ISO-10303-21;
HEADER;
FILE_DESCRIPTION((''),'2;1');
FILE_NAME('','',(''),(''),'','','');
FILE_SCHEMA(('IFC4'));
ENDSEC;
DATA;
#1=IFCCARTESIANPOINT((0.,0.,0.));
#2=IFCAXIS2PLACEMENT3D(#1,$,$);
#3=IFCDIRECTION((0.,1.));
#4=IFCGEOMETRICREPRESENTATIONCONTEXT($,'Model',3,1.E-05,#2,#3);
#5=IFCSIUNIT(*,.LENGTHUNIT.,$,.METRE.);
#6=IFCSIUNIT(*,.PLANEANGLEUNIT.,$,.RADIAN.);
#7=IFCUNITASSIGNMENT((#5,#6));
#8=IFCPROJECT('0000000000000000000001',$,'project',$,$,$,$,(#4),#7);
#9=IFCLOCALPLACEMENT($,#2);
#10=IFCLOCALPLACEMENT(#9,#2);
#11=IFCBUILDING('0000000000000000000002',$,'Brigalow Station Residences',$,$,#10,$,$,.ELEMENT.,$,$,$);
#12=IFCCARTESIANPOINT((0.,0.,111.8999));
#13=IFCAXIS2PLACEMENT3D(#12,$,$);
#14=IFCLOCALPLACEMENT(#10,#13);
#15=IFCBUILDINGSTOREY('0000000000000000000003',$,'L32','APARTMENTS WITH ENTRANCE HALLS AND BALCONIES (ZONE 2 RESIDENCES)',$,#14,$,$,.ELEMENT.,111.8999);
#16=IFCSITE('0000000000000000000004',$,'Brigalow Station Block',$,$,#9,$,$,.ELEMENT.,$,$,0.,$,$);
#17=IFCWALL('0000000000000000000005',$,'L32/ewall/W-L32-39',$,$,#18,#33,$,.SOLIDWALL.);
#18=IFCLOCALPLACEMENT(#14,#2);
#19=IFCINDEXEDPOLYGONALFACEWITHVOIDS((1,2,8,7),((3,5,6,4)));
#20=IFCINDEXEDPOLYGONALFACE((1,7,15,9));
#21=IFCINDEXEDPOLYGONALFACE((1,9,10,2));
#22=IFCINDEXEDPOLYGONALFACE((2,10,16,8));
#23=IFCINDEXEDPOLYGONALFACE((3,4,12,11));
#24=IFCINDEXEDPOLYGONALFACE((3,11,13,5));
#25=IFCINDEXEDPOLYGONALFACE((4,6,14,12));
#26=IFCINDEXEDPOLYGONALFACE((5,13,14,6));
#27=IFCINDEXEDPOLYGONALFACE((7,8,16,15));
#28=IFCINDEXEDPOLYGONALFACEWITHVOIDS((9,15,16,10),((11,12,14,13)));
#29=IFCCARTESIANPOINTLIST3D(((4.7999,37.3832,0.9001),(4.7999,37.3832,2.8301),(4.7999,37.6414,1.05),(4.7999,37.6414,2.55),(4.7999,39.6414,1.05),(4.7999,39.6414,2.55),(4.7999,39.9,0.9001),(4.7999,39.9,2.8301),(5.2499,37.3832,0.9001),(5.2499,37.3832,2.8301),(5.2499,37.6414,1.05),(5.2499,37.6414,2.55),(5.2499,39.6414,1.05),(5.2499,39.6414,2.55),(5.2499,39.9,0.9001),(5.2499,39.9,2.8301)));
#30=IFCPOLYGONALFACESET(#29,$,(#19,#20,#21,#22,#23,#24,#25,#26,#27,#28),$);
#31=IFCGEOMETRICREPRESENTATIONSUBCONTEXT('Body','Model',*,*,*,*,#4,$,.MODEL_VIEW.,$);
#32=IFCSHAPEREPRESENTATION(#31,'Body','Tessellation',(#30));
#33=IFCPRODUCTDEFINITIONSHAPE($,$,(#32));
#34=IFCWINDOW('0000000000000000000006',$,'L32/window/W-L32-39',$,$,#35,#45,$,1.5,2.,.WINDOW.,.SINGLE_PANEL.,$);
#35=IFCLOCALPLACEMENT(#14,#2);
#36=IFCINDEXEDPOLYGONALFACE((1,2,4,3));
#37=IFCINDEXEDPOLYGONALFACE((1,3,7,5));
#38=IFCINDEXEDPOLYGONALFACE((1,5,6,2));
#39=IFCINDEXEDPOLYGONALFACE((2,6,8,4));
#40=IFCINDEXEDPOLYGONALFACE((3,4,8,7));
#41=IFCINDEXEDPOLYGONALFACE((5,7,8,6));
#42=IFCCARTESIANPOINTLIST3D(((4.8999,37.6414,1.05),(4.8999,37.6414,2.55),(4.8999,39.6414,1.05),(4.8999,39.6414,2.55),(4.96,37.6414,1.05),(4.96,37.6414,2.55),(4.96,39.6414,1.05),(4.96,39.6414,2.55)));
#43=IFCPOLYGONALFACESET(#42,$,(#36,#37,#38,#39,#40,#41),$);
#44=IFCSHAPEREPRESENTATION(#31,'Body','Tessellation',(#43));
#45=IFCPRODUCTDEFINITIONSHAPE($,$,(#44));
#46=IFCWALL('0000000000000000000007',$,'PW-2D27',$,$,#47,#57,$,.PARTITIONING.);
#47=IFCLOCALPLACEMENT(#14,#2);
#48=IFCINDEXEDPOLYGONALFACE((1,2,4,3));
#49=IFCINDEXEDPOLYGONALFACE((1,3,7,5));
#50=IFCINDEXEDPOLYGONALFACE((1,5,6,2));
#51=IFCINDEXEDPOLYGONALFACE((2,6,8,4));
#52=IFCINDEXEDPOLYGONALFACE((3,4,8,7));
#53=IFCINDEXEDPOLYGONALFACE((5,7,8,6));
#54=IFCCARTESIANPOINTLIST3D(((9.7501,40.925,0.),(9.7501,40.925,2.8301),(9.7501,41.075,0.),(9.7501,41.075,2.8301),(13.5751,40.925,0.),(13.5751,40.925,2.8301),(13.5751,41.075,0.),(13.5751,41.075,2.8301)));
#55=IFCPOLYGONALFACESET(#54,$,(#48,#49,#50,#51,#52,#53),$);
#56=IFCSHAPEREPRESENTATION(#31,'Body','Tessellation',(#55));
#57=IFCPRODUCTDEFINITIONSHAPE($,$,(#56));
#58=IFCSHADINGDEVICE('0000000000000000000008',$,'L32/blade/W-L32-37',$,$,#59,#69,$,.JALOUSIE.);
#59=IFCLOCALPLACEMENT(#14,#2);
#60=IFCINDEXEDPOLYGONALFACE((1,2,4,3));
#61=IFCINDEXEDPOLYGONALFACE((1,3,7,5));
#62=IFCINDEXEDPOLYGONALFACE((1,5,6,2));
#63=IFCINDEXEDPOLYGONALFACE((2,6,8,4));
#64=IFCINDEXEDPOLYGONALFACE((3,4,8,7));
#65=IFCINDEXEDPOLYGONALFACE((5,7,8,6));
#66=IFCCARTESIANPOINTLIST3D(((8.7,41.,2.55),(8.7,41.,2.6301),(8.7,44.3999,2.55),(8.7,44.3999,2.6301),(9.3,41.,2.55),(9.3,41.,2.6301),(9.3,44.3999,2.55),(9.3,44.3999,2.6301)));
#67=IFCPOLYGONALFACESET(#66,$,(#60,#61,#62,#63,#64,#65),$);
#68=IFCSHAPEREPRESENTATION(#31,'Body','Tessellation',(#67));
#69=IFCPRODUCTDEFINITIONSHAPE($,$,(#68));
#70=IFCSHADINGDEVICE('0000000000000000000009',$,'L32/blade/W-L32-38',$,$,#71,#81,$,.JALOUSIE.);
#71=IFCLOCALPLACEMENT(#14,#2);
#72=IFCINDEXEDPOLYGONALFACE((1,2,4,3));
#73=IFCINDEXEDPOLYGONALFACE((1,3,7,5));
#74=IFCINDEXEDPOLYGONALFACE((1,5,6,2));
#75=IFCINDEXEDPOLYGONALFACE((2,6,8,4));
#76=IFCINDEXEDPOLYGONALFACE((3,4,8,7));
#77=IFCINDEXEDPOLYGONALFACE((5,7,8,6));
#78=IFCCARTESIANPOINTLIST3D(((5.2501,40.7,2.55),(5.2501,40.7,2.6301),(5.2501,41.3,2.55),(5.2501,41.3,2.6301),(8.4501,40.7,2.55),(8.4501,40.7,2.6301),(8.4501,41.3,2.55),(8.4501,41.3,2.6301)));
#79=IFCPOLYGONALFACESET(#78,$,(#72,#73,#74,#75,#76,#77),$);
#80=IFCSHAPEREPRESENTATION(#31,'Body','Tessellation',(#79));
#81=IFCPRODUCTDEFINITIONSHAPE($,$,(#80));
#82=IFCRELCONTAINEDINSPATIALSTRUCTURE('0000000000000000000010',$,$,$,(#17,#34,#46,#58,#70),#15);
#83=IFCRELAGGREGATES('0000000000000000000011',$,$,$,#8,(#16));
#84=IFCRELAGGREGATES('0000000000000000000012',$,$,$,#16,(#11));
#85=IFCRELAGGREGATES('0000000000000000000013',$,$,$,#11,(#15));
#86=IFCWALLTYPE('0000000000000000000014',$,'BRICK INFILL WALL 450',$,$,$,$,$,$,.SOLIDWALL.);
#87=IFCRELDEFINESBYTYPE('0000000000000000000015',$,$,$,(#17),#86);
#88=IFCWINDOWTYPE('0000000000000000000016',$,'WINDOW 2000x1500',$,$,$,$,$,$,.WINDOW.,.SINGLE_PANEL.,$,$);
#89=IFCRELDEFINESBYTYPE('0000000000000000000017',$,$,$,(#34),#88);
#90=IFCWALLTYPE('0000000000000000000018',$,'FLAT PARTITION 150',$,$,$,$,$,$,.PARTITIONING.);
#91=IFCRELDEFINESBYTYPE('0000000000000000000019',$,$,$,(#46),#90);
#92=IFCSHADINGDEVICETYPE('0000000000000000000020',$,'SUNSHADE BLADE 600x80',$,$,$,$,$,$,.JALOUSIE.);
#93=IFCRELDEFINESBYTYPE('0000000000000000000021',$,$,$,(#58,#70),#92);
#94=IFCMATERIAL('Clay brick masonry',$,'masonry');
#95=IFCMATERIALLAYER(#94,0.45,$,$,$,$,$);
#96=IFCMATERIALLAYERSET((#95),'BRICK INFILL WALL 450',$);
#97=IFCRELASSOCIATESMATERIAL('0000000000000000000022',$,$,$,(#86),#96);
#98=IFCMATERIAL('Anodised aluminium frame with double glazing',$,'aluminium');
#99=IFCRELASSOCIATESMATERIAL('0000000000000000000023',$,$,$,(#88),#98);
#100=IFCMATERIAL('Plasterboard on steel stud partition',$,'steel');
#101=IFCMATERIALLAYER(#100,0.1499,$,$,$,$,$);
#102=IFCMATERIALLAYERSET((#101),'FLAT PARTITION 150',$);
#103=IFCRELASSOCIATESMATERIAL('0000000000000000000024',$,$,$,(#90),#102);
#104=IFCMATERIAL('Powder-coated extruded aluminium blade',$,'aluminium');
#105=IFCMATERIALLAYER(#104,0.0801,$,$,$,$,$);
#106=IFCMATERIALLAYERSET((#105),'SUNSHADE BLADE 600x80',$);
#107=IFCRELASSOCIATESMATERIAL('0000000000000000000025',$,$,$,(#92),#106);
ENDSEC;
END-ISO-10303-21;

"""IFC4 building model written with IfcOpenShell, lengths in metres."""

from ifc_helpers import new_model, si_unit, direction, frame, frame_2d, origin, origin_2d, place, context, subcontext, project, spatial, rectangle, extrude, material, layer, layer_set, type_object, element, fill, save


model = new_model("IFC4")

# Units and contexts
model_context = context("Model", 3, precision=1e-05, world=origin(), true_north=direction((0.0, 1.0)))
body_context = subcontext(model_context, "Body", "Model", "MODEL_VIEW")
ifc_project = project(units=[si_unit("LENGTHUNIT", "METRE"), si_unit("PLANEANGLEUNIT", "RADIAN")], contexts=[model_context])

# Site, building, storey
site_placement = place(None, origin())
site = spatial("IfcSite", under=ifc_project, at=site_placement, Name="Brigalow Station Block", CompositionType="ELEMENT", RefElevation=0.0)
building_placement = place(site_placement, origin())
building = spatial("IfcBuilding", under=site, at=building_placement, Name="Brigalow Station Residences", CompositionType="ELEMENT")
storey_placement = place(building_placement, frame((0.0, 0.0, 111.8999)))
storey = spatial("IfcBuildingStorey", under=building, at=storey_placement, Name="L32", Description="APARTMENTS WITH ENTRANCE HALLS AND BALCONIES (ZONE 2 RESIDENCES)", CompositionType="ELEMENT", Elevation=111.8999)

# Shared definitions
ifc_material_1 = material(Name="Clay brick masonry", Category="masonry")
ifc_layer_1 = layer(ifc_material_1, 0.45)
ifc_layer_set_1 = layer_set([ifc_layer_1], Name="BRICK INFILL WALL 450")
wall_type_1 = type_object("IfcWallType", Name="BRICK INFILL WALL 450", PredefinedType="SOLIDWALL", material=ifc_layer_set_1)

# Wall, opening, window
wall_1_placement = place(storey_placement, frame((5.0249, 39.8999, 0.9001), z_axis=(0.0, 0.0, 1.0), x_axis=(0.0, -1.0, 0.0)))
wall_1 = element("IfcWall", 1, at=wall_1_placement, inside=storey, type_object=wall_type_1, Name="L32/ewall/W-L32-39", PredefinedType="SOLIDWALL", context=body_context, shape_type="SweptSolid", body=[
    extrude(rectangle(XDim=2.5168, YDim=0.45, at=frame_2d((1.2583, 0.0))), origin(), (0.0, 0.0, 1.0), 1.9299),
])
opening_1_placement = place(wall_1_placement, frame((0.2585, 0.0, 0.1499)))
opening_1 = element("IfcOpeningElement", 2, at=opening_1_placement, cuts=wall_1, PredefinedType="OPENING", context=body_context, shape_type="SweptSolid", body=[
    extrude(rectangle(XDim=2.0, YDim=1.5, at=frame_2d((1.0, 0.75))), frame((0.0, 0.2349, 0.0), z_axis=(0.0, -1.0, 0.0), x_axis=(1.0, 0.0, 0.0)), (0.0, 0.0, 1.0), 0.47),
])
ifc_material_2 = material(Name="Anodised aluminium frame with double glazing", Category="aluminium")
window_type_1 = type_object("IfcWindowType", Name="WINDOW 2000x1500", PartitioningType="SINGLE_PANEL", PredefinedType="WINDOW", material=ifc_material_2)
window_1_placement = place(opening_1_placement, origin())
window_1 = element("IfcWindow", 3, at=window_1_placement, inside=storey, type_object=window_type_1, Name="L32/window/W-L32-39", OverallHeight=1.5, OverallWidth=2.0, PartitioningType="SINGLE_PANEL", PredefinedType="WINDOW", context=body_context, shape_type="SweptSolid", body=[
    extrude(rectangle(XDim=2.0, YDim=1.5, at=frame_2d((1.0, 0.75))), frame((0.0, -0.0649, 0.0), z_axis=(0.0, -1.0, 0.0), x_axis=(1.0, 0.0, 0.0)), (0.0, 0.0, 1.0), 0.0601),
])
fill(opening_1, window_1)

# Wall
ifc_material_3 = material(Name="Plasterboard on steel stud partition", Category="steel")
ifc_layer_2 = layer(ifc_material_3, 0.1499)
ifc_layer_set_2 = layer_set([ifc_layer_2], Name="FLAT PARTITION 150")
wall_type_2 = type_object("IfcWallType", Name="FLAT PARTITION 150", PredefinedType="PARTITIONING", material=ifc_layer_set_2)
wall_2_placement = place(storey_placement, frame((9.75, 41.0, 0.0), z_axis=(0.0, 0.0, 1.0), x_axis=(1.0, 0.0, 0.0)))
element("IfcWall", 4, at=wall_2_placement, inside=storey, type_object=wall_type_2, Name="PW-2D27", PredefinedType="PARTITIONING", context=body_context, shape_type="SweptSolid", body=[
    extrude(rectangle(XDim=3.825, YDim=0.1499, at=frame_2d((1.9126, 0.0))), origin(), (0.0, 0.0, 1.0), 2.8301),
])

# Shading devices
ifc_material_4 = material(Name="Powder-coated extruded aluminium blade", Category="aluminium")
ifc_layer_3 = layer(ifc_material_4, 0.0801)
ifc_layer_set_3 = layer_set([ifc_layer_3], Name="SUNSHADE BLADE 600x80")
shading_device_type = type_object("IfcShadingDeviceType", Name="SUNSHADE BLADE 600x80", PredefinedType="JALOUSIE", material=ifc_layer_set_3)
shading_device_1_placement = place(storey_placement, frame((9.0, 42.7, 2.55), z_axis=(0.0, 0.0, 1.0), x_axis=(0.0, -1.0, 0.0)))
element("IfcShadingDevice", 5, at=shading_device_1_placement, inside=storey, type_object=shading_device_type, Name="L32/blade/W-L32-37", PredefinedType="JALOUSIE", context=body_context, shape_type="SweptSolid", body=[
    extrude(rectangle(XDim=3.3999, YDim=0.6001, at=origin_2d()), origin(), (0.0, 0.0, 1.0), 0.0801),
])
shading_device_2_placement = place(storey_placement, frame((6.8501, 41.0, 2.55), z_axis=(0.0, 0.0, 1.0), x_axis=(-1.0, 0.0, 0.0)))
element("IfcShadingDevice", 6, at=shading_device_2_placement, inside=storey, type_object=shading_device_type, Name="L32/blade/W-L32-38", PredefinedType="JALOUSIE", context=body_context, shape_type="SweptSolid", body=[
    extrude(rectangle(XDim=3.2, YDim=0.6001, at=origin_2d()), origin(), (0.0, 0.0, 1.0), 0.0801),
])

save(model, "model.ifc")
